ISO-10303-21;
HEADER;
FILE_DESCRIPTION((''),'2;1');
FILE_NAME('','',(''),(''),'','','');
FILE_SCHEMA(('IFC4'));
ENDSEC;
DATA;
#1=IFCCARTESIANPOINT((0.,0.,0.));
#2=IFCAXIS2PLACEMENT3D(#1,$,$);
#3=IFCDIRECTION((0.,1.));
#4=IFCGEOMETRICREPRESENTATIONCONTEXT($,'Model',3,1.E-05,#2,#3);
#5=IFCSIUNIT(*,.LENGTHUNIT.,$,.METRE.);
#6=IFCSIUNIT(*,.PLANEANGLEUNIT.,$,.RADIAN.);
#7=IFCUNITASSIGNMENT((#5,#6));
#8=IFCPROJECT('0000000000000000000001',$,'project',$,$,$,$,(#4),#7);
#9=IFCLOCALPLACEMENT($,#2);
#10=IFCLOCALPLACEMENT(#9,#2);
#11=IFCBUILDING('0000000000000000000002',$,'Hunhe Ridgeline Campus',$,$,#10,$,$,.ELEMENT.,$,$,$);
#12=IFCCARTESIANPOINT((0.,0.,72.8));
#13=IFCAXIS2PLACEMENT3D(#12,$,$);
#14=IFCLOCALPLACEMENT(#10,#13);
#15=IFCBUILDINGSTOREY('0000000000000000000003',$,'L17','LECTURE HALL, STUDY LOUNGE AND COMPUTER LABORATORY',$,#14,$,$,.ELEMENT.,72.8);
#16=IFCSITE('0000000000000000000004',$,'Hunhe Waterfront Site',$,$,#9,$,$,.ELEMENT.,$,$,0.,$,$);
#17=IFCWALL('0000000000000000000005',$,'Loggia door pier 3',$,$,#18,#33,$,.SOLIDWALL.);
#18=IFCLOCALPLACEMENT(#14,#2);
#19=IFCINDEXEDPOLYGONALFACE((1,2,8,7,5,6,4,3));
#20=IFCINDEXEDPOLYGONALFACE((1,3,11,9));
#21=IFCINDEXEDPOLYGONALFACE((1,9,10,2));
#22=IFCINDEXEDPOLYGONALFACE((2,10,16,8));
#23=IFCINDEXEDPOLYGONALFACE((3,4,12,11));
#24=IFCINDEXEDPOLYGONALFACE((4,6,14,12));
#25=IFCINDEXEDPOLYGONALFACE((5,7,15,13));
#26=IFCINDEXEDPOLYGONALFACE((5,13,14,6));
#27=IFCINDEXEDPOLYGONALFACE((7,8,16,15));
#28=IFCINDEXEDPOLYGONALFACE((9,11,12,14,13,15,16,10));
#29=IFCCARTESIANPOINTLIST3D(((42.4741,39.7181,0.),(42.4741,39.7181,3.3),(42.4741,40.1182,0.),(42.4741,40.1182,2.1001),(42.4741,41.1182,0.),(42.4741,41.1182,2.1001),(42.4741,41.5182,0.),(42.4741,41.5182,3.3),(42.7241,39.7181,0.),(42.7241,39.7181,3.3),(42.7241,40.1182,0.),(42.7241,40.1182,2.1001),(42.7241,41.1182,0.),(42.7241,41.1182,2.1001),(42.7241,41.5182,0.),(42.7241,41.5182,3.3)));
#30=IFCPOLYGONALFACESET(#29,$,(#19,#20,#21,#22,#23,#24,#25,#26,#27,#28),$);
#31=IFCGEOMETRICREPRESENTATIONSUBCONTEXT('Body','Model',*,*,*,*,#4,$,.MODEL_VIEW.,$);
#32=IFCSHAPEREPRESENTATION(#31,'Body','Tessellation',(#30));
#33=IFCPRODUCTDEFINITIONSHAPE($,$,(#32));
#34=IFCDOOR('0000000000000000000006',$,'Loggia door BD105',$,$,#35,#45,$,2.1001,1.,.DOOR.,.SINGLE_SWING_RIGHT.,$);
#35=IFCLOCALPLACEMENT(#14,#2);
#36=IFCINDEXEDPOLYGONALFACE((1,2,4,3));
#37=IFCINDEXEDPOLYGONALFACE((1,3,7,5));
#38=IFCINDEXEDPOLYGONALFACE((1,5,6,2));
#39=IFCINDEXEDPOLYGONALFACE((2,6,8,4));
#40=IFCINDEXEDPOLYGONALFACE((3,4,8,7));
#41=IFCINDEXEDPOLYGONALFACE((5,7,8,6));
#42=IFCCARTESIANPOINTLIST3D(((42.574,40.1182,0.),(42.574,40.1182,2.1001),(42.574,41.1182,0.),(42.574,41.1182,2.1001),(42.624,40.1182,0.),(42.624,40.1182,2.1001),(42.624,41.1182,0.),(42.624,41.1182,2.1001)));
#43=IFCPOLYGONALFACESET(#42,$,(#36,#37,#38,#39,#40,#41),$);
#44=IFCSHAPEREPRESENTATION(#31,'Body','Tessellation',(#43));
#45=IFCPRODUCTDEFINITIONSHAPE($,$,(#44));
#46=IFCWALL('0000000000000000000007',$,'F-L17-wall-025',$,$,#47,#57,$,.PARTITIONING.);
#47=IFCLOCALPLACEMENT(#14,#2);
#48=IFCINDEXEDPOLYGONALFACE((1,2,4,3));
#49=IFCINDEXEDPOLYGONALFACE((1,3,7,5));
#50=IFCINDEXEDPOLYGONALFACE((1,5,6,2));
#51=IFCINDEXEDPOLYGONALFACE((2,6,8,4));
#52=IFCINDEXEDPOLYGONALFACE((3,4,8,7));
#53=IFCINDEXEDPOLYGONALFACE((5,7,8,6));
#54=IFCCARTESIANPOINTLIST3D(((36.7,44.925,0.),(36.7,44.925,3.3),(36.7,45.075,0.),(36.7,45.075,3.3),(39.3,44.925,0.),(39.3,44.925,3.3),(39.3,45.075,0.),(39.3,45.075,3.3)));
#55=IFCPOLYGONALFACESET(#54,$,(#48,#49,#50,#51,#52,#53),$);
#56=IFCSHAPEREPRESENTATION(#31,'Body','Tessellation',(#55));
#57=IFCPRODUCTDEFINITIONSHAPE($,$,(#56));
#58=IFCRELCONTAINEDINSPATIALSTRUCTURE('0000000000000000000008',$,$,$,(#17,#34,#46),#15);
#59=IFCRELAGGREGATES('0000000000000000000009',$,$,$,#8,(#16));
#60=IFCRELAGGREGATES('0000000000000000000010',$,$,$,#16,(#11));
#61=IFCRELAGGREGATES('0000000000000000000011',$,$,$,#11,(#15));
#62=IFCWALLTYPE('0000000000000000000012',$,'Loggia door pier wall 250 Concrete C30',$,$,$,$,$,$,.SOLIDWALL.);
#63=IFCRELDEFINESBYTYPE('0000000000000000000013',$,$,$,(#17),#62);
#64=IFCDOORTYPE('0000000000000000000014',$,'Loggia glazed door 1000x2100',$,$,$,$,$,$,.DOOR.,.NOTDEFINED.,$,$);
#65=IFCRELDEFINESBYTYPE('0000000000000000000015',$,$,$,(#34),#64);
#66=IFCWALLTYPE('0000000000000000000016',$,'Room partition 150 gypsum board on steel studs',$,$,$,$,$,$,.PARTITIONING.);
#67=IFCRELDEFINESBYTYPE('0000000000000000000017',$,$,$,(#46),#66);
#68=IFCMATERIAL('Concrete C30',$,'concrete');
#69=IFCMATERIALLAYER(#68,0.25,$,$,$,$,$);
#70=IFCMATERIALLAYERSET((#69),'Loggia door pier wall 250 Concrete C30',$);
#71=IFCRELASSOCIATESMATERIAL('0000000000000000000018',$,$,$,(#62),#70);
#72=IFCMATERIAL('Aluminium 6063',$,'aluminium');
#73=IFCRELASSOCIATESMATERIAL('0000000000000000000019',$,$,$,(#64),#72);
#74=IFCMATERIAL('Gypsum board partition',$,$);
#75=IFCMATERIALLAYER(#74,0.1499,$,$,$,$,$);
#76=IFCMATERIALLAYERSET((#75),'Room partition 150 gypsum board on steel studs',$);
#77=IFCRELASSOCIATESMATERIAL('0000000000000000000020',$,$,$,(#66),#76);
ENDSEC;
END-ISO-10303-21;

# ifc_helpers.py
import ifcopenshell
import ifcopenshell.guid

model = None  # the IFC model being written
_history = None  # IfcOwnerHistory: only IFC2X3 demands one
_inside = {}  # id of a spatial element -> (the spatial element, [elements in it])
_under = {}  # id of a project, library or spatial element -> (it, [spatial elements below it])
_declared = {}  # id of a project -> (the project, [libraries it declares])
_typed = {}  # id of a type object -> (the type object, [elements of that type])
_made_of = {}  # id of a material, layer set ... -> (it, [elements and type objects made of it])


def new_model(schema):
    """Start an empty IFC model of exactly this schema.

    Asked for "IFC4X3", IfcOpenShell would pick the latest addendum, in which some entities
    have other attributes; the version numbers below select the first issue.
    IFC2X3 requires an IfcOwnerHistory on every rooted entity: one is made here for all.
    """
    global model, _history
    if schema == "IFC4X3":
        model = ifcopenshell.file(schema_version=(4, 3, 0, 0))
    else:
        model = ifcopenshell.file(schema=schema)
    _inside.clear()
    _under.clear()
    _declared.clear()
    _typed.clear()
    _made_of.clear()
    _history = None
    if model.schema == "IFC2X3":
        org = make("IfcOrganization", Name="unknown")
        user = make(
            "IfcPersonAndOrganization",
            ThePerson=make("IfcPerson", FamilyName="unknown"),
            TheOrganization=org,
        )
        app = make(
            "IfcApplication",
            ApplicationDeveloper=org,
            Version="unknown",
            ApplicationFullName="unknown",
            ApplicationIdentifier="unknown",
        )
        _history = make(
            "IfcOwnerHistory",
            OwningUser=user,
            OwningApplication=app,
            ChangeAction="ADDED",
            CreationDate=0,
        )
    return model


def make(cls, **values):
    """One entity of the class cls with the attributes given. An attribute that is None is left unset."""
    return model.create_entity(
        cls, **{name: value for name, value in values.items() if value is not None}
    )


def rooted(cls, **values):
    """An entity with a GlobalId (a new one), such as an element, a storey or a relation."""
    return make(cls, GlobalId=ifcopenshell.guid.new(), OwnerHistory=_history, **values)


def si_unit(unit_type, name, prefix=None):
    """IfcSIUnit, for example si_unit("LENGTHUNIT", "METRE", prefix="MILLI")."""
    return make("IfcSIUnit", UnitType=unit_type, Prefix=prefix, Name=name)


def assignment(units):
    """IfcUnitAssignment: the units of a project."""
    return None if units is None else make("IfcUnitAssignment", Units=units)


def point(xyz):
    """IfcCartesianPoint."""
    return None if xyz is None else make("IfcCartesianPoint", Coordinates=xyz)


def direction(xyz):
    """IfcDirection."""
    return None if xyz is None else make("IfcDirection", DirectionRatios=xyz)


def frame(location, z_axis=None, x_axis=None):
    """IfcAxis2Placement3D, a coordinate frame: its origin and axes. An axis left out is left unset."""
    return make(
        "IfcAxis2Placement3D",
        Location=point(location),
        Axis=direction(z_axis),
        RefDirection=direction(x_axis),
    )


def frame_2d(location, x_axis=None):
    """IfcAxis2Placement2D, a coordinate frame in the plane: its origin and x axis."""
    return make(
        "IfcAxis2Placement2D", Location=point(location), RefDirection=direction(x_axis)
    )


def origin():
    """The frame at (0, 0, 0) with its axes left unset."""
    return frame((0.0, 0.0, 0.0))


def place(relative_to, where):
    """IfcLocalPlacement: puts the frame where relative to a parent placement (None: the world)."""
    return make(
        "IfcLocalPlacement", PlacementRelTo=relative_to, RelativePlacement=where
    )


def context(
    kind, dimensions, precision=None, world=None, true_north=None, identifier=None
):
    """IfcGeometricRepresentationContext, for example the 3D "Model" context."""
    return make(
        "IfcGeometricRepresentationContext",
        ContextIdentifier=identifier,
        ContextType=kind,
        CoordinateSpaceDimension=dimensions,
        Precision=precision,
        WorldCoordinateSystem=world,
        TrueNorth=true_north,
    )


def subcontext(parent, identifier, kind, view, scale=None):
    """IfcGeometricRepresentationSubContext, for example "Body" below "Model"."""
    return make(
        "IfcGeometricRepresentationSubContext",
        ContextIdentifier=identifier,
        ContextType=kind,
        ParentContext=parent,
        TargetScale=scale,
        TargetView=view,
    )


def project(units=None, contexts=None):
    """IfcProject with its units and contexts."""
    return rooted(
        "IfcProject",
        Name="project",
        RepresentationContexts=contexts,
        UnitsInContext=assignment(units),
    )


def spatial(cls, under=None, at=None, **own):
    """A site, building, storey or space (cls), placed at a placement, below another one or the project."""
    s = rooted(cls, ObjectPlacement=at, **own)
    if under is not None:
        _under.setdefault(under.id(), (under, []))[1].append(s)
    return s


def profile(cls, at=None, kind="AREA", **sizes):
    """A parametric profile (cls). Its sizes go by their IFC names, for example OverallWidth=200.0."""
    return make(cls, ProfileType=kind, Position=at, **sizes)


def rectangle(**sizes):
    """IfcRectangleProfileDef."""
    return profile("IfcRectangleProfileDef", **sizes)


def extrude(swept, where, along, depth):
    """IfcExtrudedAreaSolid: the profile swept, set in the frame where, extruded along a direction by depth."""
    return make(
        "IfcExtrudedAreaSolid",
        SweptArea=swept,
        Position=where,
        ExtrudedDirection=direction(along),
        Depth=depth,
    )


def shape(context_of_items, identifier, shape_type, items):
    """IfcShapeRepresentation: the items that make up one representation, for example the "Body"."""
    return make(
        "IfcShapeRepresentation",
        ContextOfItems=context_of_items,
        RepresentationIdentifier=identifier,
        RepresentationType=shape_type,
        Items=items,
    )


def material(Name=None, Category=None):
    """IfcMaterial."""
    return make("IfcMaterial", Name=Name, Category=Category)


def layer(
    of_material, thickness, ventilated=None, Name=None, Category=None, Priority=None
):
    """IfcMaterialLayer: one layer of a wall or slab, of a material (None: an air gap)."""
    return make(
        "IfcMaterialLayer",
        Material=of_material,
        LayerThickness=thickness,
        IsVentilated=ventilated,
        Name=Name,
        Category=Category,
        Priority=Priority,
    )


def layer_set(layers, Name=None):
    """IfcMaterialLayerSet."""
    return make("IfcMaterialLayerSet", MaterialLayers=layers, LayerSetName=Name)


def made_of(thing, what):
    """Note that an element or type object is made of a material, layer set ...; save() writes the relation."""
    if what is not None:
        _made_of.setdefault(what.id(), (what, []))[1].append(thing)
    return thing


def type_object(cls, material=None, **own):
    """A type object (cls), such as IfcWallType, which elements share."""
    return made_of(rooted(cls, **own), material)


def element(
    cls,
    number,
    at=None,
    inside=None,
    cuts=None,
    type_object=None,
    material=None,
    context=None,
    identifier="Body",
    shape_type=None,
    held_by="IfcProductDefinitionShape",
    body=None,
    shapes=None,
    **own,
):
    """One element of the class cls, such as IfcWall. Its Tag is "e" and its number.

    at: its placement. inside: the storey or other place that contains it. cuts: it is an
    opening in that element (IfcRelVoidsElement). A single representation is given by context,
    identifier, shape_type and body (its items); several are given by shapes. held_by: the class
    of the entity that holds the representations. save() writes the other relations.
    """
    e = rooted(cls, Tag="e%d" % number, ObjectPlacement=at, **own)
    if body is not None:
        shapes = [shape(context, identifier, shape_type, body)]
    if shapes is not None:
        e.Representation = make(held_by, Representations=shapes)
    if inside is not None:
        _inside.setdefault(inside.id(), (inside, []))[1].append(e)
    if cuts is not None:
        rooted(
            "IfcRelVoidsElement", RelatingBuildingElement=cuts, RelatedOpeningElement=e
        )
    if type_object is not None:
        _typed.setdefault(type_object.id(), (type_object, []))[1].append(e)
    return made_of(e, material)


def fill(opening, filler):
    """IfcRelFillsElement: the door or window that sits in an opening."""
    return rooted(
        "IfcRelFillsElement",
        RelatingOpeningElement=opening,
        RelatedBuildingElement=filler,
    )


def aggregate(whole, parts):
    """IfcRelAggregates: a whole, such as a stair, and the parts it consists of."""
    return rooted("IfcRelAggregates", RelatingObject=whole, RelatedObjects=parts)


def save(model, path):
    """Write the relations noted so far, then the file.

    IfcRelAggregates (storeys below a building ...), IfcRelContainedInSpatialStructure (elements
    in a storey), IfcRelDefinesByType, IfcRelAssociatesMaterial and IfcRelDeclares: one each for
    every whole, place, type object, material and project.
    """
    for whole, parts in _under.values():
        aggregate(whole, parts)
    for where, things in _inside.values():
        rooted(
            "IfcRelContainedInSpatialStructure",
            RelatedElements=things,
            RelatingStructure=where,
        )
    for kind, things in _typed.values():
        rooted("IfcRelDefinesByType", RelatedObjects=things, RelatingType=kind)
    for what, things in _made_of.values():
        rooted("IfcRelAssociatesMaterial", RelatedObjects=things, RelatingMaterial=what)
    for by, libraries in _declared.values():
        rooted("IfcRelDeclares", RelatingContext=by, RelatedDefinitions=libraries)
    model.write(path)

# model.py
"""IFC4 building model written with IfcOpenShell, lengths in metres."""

from ifc_helpers import new_model, si_unit, direction, frame, frame_2d, origin, place, context, subcontext, project, spatial, rectangle, extrude, material, layer, layer_set, type_object, element, fill, save


model = new_model("IFC4")

# Units and contexts
model_context = context("Model", 3, precision=1e-05, world=origin(), true_north=direction((0.0, 1.0)))
body_context = subcontext(model_context, "Body", "Model", "MODEL_VIEW")
ifc_project = project(units=[si_unit("LENGTHUNIT", "METRE"), si_unit("PLANEANGLEUNIT", "RADIAN")], contexts=[model_context])

# Site, building, storey
site_placement = place(None, origin())
site = spatial("IfcSite", under=ifc_project, at=site_placement, Name="Hunhe Waterfront Site", CompositionType="ELEMENT", RefElevation=0.0)
building_placement = place(site_placement, origin())
building = spatial("IfcBuilding", under=site, at=building_placement, Name="Hunhe Ridgeline Campus", CompositionType="ELEMENT")
storey_placement = place(building_placement, frame((0.0, 0.0, 72.8)))
storey = spatial("IfcBuildingStorey", under=building, at=storey_placement, Name="L17", Description="LECTURE HALL, STUDY LOUNGE AND COMPUTER LABORATORY", CompositionType="ELEMENT", Elevation=72.8)

# Shared definitions
ifc_material_1 = material(Name="Aluminium 6063", Category="aluminium")

# Shared definitions
ifc_material_2 = material(Name="Concrete C30", Category="concrete")
ifc_material_3 = material(Name="Gypsum board partition")

# Wall, opening, door
ifc_layer_1 = layer(ifc_material_2, 0.25)
ifc_layer_set_1 = layer_set([ifc_layer_1], Name="Loggia door pier wall 250 Concrete C30")
wall_type_1 = type_object("IfcWallType", Name="Loggia door pier wall 250 Concrete C30", PredefinedType="SOLIDWALL", material=ifc_layer_set_1)
wall_1_placement = place(storey_placement, frame((42.5991, 39.7183, 0.0), z_axis=(0.0, 0.0, 1.0), x_axis=(0.0, 1.0, 0.0)))
wall_1 = element("IfcWall", 1, at=wall_1_placement, inside=storey, type_object=wall_type_1, Name="Loggia door pier 3", PredefinedType="SOLIDWALL", context=body_context, shape_type="SweptSolid", body=[
    extrude(rectangle(XDim=1.8, YDim=0.25, at=frame_2d((0.8999, 0.0))), origin(), (0.0, 0.0, 1.0), 3.3),
])
opening_placement = place(wall_1_placement, frame((0.3999, 0.0, 0.0)))
opening = element("IfcOpeningElement", 2, at=opening_placement, cuts=wall_1, PredefinedType="OPENING", context=body_context, shape_type="SweptSolid", body=[
    extrude(rectangle(XDim=1.0, YDim=2.1001, at=frame_2d((0.5, 1.05))), frame((0.0, 0.125, 0.0), z_axis=(0.0, -1.0, 0.0), x_axis=(1.0, 0.0, 0.0)), (0.0, 0.0, 1.0), 0.25),
])
door_type = type_object("IfcDoorType", Name="Loggia glazed door 1000x2100", OperationType="NOTDEFINED", PredefinedType="DOOR", material=ifc_material_1)
door_placement = place(opening_placement, frame((1.0, 0.0, 0.0), z_axis=(0.0, 0.0, 1.0), x_axis=(-1.0, 0.0, 0.0)))
door = element("IfcDoor", 3, at=door_placement, inside=storey, type_object=door_type, Name="Loggia door BD105", OperationType="SINGLE_SWING_RIGHT", OverallHeight=2.1001, OverallWidth=1.0, PredefinedType="DOOR", context=body_context, shape_type="SweptSolid", body=[
    extrude(rectangle(XDim=1.0, YDim=2.1001, at=frame_2d((0.5, 1.05))), frame((0.0, 0.0249, 0.0), z_axis=(0.0, -1.0, 0.0), x_axis=(1.0, 0.0, 0.0)), (0.0, 0.0, 1.0), 0.05),
])
fill(opening, door)

# Wall
ifc_layer_2 = layer(ifc_material_3, 0.1499)
ifc_layer_set_2 = layer_set([ifc_layer_2], Name="Room partition 150 gypsum board on steel studs")
wall_type_2 = type_object("IfcWallType", Name="Room partition 150 gypsum board on steel studs", PredefinedType="PARTITIONING", material=ifc_layer_set_2)
wall_2_placement = place(storey_placement, frame((36.7, 45.0, 0.0), z_axis=(0.0, 0.0, 1.0), x_axis=(1.0, 0.0, 0.0)))
element("IfcWall", 4, at=wall_2_placement, inside=storey, type_object=wall_type_2, Name="F-L17-wall-025", PredefinedType="PARTITIONING", context=body_context, shape_type="SweptSolid", body=[
    extrude(rectangle(XDim=2.6001, YDim=0.1499, at=frame_2d((1.3, 0.0))), origin(), (0.0, 0.0, 1.0), 3.3),
])

save(model, "model.ifc")
